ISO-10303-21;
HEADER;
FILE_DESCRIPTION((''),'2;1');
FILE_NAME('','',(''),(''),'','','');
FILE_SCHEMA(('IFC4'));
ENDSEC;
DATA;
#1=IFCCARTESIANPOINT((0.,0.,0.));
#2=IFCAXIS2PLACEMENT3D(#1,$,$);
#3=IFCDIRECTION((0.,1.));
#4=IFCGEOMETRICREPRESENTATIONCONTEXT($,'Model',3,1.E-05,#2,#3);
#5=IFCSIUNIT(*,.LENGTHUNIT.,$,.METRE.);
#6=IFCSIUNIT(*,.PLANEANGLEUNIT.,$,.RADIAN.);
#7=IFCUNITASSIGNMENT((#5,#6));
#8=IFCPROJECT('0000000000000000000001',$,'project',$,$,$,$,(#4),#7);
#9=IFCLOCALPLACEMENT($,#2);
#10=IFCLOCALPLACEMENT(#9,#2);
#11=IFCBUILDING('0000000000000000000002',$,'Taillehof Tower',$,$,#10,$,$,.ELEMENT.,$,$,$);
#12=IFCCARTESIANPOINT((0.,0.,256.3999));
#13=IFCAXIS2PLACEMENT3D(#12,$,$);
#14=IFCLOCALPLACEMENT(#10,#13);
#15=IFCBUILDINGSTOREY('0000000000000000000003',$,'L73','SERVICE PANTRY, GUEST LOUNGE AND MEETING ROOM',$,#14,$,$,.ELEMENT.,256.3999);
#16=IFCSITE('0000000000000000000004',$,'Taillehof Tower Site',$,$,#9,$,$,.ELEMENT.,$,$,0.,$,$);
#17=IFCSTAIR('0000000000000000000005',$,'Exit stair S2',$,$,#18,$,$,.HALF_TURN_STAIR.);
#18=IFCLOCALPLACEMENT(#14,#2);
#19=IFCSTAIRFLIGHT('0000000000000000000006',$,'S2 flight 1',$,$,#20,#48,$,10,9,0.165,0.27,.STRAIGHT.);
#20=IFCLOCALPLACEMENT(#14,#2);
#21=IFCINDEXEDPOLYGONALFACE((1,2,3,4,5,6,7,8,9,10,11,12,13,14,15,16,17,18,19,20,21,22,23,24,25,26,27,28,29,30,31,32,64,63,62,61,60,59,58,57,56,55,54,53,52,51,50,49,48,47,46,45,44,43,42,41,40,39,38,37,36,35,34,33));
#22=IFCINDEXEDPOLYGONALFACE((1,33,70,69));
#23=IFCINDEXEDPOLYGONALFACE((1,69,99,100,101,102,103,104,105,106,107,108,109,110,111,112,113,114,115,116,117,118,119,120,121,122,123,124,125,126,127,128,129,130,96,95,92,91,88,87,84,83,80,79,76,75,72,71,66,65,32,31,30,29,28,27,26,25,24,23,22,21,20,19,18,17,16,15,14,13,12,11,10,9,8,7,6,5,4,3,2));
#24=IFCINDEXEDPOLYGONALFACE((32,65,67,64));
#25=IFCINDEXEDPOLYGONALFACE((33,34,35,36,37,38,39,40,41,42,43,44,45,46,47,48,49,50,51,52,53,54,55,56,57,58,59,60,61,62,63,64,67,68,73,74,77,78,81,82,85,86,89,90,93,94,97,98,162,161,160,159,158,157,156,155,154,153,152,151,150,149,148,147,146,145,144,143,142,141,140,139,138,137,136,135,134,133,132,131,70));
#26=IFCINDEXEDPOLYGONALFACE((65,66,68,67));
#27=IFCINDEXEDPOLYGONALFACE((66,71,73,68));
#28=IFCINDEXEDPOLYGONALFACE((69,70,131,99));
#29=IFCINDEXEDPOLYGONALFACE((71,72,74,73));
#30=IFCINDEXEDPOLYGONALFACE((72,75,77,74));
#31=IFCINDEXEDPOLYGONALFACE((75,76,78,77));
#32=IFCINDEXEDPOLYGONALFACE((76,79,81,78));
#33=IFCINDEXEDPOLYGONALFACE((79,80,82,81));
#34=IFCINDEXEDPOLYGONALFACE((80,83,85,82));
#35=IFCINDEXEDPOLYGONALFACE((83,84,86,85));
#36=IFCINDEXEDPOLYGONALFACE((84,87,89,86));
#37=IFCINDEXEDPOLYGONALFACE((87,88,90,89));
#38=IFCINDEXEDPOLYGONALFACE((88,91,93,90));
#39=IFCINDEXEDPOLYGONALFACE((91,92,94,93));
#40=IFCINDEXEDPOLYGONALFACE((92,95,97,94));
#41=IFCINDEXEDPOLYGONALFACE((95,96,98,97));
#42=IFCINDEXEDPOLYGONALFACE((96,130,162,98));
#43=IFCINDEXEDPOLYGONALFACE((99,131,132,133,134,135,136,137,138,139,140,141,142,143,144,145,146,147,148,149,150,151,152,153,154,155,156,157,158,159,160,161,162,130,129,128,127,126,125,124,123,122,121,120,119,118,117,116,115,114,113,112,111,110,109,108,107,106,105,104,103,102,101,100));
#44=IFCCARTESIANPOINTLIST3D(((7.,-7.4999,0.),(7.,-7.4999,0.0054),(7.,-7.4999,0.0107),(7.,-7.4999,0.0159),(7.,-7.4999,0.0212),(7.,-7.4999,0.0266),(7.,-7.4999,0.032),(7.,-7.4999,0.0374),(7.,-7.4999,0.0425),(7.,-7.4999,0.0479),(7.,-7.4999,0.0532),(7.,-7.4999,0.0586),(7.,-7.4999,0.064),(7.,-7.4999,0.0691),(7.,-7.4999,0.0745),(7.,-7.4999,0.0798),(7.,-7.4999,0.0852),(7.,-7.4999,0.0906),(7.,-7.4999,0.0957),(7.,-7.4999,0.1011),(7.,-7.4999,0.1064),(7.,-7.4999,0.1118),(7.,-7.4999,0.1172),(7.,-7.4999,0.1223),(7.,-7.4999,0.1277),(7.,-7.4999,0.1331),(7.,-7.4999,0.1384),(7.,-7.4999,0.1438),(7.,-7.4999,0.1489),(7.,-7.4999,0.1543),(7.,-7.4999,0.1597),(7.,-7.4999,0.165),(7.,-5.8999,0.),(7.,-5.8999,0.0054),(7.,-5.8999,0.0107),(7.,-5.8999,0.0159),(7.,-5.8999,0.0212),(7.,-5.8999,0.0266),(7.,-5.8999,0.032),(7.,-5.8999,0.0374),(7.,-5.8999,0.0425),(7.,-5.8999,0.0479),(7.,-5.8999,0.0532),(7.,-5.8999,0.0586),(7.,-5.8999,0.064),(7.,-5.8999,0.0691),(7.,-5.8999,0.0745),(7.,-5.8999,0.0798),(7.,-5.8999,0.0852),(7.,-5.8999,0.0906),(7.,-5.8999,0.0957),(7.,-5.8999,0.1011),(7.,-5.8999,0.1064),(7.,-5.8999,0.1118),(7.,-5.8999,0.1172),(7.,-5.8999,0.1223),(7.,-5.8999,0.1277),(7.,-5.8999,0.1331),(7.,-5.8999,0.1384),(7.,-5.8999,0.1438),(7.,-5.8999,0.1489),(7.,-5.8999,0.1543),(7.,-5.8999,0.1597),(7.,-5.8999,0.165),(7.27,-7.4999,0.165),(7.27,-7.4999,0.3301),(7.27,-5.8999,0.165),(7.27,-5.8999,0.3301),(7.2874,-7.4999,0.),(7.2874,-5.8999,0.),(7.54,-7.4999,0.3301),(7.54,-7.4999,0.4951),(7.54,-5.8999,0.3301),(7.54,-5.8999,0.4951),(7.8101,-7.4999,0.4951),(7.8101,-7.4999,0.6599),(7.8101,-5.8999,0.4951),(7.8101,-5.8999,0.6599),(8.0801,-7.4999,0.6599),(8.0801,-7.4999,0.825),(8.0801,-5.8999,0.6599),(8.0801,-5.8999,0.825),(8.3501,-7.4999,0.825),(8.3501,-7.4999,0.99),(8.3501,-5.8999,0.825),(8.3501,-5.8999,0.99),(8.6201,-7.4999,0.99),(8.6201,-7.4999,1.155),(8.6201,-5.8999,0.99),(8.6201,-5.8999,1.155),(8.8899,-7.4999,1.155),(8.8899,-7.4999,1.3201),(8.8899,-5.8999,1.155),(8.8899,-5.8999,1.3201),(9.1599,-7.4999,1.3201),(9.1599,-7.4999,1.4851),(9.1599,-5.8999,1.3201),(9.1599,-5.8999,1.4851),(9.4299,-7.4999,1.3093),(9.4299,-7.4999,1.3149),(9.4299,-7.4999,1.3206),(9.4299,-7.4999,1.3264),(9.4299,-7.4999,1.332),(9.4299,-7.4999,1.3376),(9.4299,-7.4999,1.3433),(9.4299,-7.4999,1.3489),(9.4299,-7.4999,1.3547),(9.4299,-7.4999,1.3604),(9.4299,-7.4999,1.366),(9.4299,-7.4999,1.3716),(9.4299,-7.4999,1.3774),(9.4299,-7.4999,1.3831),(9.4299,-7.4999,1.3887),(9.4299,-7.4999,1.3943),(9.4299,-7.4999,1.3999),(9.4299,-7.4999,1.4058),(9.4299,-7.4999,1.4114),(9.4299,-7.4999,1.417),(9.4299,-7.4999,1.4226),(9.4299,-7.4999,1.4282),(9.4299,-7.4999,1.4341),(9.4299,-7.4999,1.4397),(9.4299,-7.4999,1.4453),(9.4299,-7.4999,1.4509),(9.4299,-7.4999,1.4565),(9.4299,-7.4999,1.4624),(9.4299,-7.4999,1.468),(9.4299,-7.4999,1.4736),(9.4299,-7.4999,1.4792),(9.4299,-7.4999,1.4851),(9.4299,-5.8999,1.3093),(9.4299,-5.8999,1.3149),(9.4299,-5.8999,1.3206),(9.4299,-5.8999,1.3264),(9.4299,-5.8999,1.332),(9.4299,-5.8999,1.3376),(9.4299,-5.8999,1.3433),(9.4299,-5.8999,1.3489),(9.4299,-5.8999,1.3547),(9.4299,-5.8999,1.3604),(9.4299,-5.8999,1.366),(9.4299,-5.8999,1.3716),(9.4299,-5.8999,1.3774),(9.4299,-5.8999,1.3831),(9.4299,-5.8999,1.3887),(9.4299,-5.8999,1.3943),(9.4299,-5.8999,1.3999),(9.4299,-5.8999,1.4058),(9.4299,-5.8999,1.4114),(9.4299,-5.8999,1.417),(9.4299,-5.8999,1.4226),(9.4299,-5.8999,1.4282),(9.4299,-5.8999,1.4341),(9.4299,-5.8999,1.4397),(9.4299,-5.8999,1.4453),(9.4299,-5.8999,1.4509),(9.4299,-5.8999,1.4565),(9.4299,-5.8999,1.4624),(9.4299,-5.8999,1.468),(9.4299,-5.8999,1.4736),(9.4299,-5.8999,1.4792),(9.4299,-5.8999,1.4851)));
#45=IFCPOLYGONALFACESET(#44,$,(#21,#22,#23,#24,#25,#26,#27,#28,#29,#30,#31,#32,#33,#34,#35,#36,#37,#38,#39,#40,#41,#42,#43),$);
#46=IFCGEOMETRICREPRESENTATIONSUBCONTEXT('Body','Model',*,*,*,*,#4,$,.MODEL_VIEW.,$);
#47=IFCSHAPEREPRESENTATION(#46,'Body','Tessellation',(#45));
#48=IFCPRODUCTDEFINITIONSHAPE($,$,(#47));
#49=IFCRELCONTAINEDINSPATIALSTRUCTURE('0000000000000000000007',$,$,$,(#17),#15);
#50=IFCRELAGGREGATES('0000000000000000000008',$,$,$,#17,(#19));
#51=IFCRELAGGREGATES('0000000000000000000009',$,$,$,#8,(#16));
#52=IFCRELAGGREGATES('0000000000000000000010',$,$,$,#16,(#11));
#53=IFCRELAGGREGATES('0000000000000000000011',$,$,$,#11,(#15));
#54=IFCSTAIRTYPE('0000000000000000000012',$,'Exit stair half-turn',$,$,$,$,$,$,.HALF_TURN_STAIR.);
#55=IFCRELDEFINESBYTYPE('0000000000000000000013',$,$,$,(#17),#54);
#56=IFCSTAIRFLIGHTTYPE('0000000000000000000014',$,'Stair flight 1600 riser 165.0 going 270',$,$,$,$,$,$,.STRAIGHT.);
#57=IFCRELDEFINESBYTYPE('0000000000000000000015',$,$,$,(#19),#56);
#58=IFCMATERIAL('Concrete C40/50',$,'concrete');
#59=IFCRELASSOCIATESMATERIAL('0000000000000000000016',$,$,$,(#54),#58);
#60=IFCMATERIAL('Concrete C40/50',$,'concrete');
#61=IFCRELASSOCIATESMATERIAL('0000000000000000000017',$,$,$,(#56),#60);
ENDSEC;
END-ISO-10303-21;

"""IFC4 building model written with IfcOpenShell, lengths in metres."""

from ifc_helpers import new_model, si_unit, direction, frame, origin, place, context, subcontext, project, spatial, polyline, outline, extrude, material, type_object, element, aggregate, save


model = new_model("IFC4")

# Units and contexts
model_context = context("Model", 3, precision=1e-05, world=origin(), true_north=direction((0.0, 1.0)))
body_context = subcontext(model_context, "Body", "Model", "MODEL_VIEW")
ifc_project = project(units=[si_unit("LENGTHUNIT", "METRE"), si_unit("PLANEANGLEUNIT", "RADIAN")], contexts=[model_context])

# Site, building, storey
site_placement = place(None, origin())
site = spatial("IfcSite", under=ifc_project, at=site_placement, Name="Taillehof Tower Site", CompositionType="ELEMENT", RefElevation=0.0)
building_placement = place(site_placement, origin())
building = spatial("IfcBuilding", under=site, at=building_placement, Name="Taillehof Tower", CompositionType="ELEMENT")
storey_placement = place(building_placement, frame((0.0, 0.0, 256.3999)))
storey = spatial("IfcBuildingStorey", under=building, at=storey_placement, Name="L73", Description="SERVICE PANTRY, GUEST LOUNGE AND MEETING ROOM", CompositionType="ELEMENT", Elevation=256.3999)

# Stair, stair flight
ifc_material_1 = material(Name="Concrete C40/50", Category="concrete")
stair_type = type_object("IfcStairType", Name="Exit stair half-turn", PredefinedType="HALF_TURN_STAIR", material=ifc_material_1)
stair_placement = place(storey_placement, origin())
stair = element("IfcStair", 1, at=stair_placement, inside=storey, type_object=stair_type, Name="Exit stair S2", PredefinedType="HALF_TURN_STAIR")
ifc_material_2 = material(Name="Concrete C40/50", Category="concrete")
stair_flight_type = type_object("IfcStairFlightType", Name="Stair flight 1600 riser 165.0 going 270", PredefinedType="STRAIGHT", material=ifc_material_2)
stair_flight_placement = place(storey_placement, frame((7.0, -6.7, 0.0), z_axis=(0.0, 0.0, 1.0), x_axis=(1.0, 0.0, 0.0)))
stair_flight = element("IfcStairFlight", 2, at=stair_flight_placement, type_object=stair_flight_type, Name="S2 flight 1", NumberOfRisers=10, NumberOfTreads=9, PredefinedType="STRAIGHT", RiserHeight=0.165, TreadLength=0.27, context=body_context, shape_type="SweptSolid", body=[
    extrude(outline(polyline([(0.0, 0.0), (0.0, 0.0054), (0.0, 0.0107), (0.0, 0.0159), (0.0, 0.0212), (0.0, 0.0266), (0.0, 0.032), (0.0, 0.0374), (0.0, 0.0425), (0.0, 0.0479), (0.0, 0.0532), (0.0, 0.0586), (0.0, 0.064), (0.0, 0.0691), (0.0, 0.0745), (0.0, 0.0798), (0.0, 0.0852), (0.0, 0.0906), (0.0, 0.0957), (0.0, 0.1011), (0.0, 0.1064), (0.0, 0.1118), (0.0, 0.1172), (0.0, 0.1223), (0.0, 0.1277), (0.0, 0.1331), (0.0, 0.1384), (0.0, 0.1438), (0.0, 0.1489), (0.0, 0.1543), (0.0, 0.1597), (0.0, 0.165), (0.27, 0.165), (0.27, 0.3301), (0.54, 0.3301), (0.54, 0.4951), (0.8101, 0.4951), (0.8101, 0.6599), (1.0801, 0.6599), (1.0801, 0.825), (1.3501, 0.825), (1.3501, 0.99), (1.6201, 0.99), (1.6201, 1.155), (1.8899, 1.155), (1.8899, 1.3201), (2.1599, 1.3201), (2.1599, 1.4851), (2.4299, 1.4851), (2.4299, 1.4792), (2.4299, 1.4736), (2.4299, 1.468), (2.4299, 1.4624), (2.4299, 1.4565), (2.4299, 1.4509), (2.4299, 1.4453), (2.4299, 1.4397), (2.4299, 1.4341), (2.4299, 1.4282), (2.4299, 1.4226), (2.4299, 1.417), (2.4299, 1.4114), (2.4299, 1.4058), (2.4299, 1.3999), (2.4299, 1.3943), (2.4299, 1.3887), (2.4299, 1.3831), (2.4299, 1.3774), (2.4299, 1.3716), (2.4299, 1.366), (2.4299, 1.3604), (2.4299, 1.3547), (2.4299, 1.3489), (2.4299, 1.3433), (2.4299, 1.3376), (2.4299, 1.332), (2.4299, 1.3264), (2.4299, 1.3206), (2.4299, 1.3149), (2.4299, 1.3093), (0.2874, 0.0), (0.0, 0.0)])), frame((0.0, 0.8, 0.0), z_axis=(0.0, -1.0, 0.0), x_axis=(1.0, 0.0, 0.0)), (0.0, 0.0, 1.0), 1.6),
])
aggregate(stair, [stair_flight])

save(model, "model.ifc")
